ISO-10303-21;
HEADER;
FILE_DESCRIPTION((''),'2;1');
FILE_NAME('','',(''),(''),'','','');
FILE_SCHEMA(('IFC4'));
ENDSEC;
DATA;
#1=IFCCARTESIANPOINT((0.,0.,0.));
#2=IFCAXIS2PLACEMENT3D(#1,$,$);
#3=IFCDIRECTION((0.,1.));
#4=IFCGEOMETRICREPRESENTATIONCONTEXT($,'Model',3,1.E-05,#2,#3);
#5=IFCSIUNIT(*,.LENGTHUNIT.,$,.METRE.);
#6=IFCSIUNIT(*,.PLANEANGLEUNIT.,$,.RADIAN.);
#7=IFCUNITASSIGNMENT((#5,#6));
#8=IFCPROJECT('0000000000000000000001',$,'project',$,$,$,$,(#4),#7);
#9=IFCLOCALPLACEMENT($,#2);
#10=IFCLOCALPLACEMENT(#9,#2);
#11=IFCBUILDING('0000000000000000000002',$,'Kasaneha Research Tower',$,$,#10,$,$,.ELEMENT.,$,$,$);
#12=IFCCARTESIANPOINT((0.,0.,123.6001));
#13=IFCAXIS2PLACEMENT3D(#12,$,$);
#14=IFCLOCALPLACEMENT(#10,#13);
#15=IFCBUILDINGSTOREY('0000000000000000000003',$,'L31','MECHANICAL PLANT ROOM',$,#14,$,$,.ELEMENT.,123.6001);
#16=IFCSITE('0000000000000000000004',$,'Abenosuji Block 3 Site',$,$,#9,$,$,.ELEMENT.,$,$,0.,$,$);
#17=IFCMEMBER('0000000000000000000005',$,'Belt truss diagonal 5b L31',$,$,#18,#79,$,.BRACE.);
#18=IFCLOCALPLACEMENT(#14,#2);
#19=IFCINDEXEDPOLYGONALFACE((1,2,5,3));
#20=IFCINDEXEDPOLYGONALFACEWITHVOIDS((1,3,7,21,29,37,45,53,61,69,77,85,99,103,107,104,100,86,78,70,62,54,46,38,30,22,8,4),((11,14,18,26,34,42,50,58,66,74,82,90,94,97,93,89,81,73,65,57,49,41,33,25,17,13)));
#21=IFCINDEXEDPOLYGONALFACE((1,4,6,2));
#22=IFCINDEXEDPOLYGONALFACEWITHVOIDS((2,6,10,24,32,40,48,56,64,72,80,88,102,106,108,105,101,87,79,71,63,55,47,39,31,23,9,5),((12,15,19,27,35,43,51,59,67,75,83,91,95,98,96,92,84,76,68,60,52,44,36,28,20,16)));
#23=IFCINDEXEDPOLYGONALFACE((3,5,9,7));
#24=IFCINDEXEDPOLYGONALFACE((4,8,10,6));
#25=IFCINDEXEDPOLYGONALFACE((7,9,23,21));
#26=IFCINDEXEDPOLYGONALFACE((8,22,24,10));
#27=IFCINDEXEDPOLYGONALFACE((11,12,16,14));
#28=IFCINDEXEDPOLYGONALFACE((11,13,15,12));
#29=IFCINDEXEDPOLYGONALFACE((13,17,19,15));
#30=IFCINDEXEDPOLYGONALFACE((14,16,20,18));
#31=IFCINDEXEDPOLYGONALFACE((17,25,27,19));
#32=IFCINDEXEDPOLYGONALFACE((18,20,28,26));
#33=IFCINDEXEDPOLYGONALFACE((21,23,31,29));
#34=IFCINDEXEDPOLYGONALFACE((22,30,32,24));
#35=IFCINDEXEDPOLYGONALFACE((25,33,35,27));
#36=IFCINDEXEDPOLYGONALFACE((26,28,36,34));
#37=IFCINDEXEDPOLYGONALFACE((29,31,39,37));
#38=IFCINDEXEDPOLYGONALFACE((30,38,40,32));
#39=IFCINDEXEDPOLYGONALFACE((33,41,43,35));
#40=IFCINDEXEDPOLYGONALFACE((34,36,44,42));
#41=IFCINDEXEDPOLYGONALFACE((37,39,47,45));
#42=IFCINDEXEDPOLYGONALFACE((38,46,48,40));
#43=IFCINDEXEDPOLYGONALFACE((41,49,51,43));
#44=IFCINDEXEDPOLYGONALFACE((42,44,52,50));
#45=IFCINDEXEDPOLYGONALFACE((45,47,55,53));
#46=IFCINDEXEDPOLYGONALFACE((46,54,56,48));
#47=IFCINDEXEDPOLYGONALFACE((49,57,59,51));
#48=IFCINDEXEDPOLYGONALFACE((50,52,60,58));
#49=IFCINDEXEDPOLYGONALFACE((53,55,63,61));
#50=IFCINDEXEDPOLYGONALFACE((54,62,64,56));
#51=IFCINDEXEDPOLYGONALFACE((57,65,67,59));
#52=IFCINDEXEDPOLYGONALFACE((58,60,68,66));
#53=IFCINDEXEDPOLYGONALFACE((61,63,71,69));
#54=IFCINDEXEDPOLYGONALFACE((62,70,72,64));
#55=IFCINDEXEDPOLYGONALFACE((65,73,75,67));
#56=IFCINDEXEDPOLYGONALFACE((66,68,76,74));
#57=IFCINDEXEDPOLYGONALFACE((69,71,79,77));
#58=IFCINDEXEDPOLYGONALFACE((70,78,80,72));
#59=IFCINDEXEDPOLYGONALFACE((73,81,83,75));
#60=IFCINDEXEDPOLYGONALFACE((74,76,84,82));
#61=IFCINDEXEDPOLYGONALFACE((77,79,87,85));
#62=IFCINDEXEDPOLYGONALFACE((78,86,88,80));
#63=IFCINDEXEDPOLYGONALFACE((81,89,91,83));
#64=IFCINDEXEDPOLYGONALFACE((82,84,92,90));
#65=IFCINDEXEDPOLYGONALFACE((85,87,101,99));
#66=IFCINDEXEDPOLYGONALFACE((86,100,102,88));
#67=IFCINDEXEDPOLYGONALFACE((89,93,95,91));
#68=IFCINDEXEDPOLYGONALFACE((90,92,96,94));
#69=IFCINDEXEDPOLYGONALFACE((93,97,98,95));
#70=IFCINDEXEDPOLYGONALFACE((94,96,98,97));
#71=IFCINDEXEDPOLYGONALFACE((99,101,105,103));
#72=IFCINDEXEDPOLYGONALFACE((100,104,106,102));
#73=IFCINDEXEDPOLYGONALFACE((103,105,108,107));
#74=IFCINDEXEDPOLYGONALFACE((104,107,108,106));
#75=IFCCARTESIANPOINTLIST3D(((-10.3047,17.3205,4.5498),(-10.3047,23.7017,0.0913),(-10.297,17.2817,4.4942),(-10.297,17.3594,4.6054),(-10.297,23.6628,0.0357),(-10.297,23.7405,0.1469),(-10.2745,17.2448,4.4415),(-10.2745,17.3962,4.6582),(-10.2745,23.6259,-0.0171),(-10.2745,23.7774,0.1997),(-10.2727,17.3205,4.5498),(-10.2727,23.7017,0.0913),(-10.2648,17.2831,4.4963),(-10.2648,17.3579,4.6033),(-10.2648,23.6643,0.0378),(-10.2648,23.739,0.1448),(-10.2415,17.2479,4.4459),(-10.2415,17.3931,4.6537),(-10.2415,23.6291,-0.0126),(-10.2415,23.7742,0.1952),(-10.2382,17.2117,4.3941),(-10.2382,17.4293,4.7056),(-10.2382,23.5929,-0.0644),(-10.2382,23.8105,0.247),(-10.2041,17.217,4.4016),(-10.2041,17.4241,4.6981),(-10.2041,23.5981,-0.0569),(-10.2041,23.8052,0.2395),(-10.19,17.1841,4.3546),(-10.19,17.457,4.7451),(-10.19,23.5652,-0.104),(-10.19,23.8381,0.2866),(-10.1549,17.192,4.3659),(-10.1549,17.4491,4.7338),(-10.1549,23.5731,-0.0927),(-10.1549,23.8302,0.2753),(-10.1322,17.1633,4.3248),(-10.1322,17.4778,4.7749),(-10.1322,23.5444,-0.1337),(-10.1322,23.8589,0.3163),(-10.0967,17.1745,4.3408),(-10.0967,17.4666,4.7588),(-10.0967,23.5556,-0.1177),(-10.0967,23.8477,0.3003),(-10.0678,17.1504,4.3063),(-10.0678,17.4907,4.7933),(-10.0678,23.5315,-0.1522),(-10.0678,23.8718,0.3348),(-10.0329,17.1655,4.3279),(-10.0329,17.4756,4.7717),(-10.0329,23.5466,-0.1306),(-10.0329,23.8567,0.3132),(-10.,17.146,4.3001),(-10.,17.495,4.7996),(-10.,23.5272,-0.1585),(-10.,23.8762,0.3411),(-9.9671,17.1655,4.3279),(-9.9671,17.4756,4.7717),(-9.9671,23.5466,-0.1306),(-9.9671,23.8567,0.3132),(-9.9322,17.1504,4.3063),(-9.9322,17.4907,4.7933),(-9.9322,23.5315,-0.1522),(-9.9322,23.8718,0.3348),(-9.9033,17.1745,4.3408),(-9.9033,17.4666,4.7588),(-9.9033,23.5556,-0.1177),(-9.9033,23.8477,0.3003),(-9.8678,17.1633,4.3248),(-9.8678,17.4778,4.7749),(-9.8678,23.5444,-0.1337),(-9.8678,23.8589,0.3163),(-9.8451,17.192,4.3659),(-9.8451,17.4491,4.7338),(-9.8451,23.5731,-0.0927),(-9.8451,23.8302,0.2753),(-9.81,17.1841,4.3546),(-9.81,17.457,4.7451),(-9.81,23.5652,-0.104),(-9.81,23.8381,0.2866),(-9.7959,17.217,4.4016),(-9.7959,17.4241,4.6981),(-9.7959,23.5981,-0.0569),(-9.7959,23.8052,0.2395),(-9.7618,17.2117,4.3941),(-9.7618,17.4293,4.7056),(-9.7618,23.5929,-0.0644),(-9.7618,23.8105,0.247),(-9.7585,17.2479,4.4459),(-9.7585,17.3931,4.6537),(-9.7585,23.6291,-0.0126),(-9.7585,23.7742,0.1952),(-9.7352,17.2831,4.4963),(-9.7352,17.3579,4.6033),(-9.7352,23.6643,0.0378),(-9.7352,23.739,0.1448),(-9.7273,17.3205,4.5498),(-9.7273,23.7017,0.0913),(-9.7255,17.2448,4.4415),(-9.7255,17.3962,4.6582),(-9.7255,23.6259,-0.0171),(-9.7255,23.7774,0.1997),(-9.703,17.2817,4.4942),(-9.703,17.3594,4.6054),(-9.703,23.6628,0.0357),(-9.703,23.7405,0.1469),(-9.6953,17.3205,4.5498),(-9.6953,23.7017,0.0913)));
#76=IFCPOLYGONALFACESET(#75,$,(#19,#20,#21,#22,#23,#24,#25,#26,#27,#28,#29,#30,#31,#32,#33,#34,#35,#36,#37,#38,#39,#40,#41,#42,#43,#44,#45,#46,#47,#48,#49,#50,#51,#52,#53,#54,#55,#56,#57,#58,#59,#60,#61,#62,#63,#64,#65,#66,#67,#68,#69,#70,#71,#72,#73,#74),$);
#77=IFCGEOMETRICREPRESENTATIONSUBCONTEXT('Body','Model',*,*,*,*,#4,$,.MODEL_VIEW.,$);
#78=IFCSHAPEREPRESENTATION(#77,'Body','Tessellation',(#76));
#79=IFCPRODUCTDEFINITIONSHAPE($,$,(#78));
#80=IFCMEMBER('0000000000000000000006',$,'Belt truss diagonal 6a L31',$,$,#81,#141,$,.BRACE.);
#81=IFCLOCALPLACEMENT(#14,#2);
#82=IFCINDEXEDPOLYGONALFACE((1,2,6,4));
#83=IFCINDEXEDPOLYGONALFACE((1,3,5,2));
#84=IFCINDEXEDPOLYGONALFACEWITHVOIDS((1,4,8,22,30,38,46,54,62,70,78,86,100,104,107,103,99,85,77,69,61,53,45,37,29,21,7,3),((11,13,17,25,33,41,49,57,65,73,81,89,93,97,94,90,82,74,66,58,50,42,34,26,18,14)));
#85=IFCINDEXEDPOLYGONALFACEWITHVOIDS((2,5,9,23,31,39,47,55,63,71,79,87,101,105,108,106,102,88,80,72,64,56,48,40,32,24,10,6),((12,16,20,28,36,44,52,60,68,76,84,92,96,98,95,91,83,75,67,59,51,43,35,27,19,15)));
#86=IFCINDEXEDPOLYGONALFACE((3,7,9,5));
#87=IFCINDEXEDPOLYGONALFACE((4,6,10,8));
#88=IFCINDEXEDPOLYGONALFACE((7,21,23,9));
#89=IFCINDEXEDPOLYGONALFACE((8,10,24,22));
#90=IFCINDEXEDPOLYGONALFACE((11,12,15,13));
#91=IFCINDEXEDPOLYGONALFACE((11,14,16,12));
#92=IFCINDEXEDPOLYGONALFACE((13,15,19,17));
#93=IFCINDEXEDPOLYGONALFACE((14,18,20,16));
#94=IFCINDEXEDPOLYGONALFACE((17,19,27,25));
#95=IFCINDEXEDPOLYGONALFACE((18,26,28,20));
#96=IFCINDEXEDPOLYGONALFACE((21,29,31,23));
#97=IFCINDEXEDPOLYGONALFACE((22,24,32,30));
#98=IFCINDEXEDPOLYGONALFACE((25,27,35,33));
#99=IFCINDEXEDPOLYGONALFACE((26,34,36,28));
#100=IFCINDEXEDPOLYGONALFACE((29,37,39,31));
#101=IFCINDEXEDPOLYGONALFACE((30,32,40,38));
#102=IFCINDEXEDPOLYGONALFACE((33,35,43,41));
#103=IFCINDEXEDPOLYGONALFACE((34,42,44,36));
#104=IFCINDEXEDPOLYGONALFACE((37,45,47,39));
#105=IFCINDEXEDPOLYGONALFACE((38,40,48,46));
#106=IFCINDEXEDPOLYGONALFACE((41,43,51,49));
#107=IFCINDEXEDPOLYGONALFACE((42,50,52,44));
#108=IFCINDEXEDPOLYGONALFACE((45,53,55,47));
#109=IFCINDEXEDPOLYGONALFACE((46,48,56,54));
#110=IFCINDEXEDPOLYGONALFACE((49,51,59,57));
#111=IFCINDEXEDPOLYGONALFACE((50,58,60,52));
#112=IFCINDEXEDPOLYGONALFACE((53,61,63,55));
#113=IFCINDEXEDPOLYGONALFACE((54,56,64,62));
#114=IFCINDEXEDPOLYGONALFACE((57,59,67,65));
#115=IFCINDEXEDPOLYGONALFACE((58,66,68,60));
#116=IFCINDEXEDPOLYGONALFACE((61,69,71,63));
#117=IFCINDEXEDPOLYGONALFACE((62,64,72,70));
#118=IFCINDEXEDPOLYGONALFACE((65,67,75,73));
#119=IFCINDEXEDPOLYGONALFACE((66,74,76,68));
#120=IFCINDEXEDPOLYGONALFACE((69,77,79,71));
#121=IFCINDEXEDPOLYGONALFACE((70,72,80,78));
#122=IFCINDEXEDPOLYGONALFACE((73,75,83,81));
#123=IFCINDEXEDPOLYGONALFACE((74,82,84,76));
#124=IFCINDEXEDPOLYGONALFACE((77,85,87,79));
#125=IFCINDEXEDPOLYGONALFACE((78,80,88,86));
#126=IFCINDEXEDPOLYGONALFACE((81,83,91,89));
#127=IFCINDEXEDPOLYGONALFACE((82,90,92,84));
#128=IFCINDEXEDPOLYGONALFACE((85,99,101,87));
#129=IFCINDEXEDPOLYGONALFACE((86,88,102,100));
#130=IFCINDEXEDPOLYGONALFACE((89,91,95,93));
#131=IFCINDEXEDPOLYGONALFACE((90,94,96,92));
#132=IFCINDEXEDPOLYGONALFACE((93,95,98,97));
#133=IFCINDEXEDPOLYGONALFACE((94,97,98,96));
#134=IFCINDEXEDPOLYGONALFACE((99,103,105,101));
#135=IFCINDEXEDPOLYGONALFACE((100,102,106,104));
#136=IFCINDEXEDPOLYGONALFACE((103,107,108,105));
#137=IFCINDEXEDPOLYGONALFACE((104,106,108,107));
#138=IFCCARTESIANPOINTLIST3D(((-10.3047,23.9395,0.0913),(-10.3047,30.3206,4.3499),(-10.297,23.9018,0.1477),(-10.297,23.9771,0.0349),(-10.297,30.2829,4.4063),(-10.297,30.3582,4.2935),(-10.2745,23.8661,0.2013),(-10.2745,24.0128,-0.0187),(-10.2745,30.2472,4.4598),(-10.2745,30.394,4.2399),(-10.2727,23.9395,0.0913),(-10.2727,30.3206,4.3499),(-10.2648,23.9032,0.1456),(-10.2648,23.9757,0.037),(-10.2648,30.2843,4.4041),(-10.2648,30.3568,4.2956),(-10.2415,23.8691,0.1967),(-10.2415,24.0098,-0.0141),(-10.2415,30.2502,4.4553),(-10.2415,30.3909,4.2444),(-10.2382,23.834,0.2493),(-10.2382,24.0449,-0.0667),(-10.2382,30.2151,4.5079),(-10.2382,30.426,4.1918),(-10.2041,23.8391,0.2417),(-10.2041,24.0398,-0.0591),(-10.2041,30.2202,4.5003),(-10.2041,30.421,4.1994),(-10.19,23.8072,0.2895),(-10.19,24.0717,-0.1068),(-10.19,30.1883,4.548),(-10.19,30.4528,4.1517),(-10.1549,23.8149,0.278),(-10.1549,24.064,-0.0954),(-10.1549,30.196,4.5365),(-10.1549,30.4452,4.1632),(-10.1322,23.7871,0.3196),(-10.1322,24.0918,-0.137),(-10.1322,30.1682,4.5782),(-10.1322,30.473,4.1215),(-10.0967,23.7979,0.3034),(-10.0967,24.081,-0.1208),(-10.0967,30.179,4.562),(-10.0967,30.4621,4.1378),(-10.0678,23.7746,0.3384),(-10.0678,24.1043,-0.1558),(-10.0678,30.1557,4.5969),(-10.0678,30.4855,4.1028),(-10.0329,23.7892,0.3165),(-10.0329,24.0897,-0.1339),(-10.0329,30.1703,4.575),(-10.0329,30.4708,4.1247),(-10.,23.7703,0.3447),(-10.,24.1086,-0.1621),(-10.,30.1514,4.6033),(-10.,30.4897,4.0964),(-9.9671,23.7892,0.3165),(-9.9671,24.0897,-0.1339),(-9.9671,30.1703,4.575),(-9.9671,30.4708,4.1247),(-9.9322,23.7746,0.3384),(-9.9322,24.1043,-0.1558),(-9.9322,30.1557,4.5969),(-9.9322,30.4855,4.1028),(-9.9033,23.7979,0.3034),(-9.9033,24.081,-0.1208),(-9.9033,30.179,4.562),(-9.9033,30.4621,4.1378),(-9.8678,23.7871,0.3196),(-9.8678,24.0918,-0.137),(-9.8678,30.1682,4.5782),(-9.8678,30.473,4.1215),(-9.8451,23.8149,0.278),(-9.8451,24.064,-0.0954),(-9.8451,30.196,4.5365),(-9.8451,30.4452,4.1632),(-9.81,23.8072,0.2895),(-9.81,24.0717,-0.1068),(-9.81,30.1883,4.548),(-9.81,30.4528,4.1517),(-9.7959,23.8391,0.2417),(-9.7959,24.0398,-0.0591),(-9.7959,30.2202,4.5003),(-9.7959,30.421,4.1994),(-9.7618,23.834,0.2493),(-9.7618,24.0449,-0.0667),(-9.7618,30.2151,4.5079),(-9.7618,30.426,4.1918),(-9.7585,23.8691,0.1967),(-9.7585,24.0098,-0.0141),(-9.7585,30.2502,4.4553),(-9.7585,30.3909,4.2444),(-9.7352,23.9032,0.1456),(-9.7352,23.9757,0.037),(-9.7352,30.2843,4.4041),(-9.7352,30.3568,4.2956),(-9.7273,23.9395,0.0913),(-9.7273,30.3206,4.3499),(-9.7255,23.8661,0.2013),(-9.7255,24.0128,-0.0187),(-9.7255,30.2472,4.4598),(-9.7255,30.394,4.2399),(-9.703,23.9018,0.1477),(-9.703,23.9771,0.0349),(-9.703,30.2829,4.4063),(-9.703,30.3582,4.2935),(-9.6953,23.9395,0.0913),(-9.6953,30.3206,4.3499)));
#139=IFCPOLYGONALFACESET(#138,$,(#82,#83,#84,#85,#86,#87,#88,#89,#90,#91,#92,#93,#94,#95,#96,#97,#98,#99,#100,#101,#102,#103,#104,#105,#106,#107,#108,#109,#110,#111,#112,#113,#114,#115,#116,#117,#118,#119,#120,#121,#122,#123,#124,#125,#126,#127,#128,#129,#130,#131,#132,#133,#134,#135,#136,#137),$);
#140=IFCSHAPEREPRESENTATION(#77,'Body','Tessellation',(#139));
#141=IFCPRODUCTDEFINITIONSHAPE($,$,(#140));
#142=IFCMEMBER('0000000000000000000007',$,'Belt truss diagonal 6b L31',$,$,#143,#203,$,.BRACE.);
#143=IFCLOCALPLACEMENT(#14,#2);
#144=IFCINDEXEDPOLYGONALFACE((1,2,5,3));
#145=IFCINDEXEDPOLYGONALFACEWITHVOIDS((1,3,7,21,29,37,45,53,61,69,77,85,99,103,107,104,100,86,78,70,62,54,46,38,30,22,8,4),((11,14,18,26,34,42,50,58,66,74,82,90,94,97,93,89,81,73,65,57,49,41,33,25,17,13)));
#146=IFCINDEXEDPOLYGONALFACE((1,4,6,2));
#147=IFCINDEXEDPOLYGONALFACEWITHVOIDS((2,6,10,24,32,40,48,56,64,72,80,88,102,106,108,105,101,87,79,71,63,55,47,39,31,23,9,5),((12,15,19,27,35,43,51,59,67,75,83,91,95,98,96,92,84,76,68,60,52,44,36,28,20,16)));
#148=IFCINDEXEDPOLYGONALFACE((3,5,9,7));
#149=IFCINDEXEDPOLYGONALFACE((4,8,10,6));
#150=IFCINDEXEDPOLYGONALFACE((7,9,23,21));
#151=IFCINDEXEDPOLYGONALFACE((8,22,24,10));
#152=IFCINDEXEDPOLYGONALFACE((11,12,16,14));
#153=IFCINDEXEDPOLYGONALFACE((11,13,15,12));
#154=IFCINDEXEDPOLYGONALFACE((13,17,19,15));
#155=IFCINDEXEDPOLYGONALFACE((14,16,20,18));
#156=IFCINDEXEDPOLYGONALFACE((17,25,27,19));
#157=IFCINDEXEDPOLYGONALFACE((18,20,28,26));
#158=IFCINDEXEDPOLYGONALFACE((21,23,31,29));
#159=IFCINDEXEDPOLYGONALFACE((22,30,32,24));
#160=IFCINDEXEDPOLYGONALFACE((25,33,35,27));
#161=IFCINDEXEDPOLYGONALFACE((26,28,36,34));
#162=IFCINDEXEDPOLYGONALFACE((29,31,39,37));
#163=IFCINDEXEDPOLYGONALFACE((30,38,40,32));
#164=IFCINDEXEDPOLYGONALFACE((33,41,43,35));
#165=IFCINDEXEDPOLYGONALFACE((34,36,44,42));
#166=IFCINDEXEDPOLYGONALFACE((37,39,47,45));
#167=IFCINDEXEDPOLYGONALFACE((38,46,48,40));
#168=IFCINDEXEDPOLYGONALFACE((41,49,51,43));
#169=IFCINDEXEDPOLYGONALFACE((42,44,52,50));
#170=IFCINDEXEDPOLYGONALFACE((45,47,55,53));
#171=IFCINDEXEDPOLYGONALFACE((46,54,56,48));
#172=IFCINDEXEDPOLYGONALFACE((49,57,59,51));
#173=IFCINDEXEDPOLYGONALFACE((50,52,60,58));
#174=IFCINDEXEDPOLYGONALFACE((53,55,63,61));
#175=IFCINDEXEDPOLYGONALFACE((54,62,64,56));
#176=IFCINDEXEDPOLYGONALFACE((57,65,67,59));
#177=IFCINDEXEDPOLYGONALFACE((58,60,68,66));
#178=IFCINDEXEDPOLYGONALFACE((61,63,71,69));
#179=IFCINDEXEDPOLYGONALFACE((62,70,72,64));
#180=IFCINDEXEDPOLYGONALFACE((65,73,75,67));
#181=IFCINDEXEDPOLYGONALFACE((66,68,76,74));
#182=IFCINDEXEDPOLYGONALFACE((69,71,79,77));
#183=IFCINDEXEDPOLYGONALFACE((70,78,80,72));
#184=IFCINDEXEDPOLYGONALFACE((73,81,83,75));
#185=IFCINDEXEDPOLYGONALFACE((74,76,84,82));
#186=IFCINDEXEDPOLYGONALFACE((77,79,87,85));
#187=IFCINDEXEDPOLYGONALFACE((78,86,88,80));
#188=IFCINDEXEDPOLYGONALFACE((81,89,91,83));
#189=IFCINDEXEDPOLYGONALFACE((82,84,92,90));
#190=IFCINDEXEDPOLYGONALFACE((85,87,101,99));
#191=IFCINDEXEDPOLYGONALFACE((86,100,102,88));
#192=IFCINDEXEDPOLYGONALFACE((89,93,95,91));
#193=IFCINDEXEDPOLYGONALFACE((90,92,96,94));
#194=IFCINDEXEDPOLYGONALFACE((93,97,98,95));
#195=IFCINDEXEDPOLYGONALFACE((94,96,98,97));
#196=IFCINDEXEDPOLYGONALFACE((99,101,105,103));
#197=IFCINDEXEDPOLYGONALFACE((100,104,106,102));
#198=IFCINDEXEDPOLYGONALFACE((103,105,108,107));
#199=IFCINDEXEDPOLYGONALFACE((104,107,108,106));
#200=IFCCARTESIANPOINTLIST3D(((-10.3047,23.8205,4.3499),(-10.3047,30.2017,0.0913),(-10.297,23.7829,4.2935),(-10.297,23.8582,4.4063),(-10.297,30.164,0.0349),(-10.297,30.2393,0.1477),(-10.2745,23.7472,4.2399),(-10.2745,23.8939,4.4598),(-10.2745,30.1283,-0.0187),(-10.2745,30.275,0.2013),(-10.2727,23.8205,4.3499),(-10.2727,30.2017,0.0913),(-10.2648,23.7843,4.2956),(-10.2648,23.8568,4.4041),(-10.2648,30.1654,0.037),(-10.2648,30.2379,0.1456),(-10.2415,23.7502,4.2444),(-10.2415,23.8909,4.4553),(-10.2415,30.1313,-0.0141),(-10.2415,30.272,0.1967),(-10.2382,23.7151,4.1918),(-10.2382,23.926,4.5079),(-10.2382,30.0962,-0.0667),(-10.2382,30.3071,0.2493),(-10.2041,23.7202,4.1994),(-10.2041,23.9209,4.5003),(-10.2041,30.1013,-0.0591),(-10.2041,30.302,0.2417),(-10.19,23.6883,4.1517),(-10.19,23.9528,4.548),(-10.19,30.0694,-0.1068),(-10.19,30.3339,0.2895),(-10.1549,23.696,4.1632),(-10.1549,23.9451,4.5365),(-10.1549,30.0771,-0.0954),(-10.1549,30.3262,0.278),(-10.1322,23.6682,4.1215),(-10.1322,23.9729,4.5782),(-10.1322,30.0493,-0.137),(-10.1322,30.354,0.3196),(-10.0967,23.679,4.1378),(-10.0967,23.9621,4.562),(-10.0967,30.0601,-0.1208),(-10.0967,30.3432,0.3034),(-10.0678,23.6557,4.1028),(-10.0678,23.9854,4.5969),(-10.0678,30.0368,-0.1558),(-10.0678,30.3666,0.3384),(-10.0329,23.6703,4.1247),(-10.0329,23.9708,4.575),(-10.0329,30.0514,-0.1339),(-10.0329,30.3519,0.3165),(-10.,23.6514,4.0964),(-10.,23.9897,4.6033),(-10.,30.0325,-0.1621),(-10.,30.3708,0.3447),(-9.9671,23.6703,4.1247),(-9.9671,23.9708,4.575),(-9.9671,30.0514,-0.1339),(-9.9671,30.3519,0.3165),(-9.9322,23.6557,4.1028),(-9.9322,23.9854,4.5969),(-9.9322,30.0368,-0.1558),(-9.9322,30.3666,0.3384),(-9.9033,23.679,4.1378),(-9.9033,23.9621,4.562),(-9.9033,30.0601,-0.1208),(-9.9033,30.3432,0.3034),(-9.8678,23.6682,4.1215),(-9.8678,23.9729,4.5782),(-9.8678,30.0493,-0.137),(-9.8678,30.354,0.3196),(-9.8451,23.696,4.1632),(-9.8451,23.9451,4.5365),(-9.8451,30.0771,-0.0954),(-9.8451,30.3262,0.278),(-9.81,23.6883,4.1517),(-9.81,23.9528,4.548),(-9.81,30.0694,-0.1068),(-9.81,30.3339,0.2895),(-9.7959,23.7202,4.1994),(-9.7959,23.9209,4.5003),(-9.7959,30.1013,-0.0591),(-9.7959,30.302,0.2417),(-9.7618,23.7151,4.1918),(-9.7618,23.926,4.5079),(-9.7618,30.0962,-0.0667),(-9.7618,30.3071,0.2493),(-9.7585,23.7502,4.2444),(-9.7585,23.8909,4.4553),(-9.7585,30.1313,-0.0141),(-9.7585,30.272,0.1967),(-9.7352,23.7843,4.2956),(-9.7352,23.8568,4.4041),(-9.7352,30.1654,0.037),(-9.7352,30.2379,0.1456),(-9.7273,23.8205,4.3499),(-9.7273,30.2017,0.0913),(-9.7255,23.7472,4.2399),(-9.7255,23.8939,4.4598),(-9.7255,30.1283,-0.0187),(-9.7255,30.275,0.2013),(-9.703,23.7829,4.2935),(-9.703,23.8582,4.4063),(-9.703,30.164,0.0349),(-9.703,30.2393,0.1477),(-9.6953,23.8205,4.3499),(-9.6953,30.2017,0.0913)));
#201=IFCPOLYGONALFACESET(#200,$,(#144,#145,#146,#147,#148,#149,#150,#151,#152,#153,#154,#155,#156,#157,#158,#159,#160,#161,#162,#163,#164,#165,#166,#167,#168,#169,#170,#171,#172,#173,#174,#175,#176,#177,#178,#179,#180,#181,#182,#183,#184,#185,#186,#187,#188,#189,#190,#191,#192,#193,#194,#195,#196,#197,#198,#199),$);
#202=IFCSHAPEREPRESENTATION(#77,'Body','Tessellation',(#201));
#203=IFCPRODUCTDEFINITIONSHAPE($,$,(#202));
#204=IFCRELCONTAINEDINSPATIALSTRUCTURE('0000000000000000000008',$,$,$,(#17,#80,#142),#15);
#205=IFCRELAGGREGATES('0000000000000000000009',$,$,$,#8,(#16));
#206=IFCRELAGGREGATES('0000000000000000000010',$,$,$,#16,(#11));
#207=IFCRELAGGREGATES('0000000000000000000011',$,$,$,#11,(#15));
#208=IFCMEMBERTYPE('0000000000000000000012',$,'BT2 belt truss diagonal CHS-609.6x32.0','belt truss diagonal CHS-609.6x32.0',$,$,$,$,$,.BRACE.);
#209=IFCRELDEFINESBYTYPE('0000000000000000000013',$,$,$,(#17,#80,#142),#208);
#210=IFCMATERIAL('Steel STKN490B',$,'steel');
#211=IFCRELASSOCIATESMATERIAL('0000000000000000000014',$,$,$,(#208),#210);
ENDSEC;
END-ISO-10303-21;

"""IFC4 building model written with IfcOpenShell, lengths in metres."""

from ifc_helpers import new_model, si_unit, direction, frame, origin, origin_2d, place, context, subcontext, project, spatial, hollow_circle, extrude, material, material_profile, profile_set, type_object, element, save


model = new_model("IFC4")

# Units and contexts
model_context = context("Model", 3, precision=1e-05, world=origin(), true_north=direction((0.0, 1.0)))
body_context = subcontext(model_context, "Body", "Model", "MODEL_VIEW")
ifc_project = project(units=[si_unit("LENGTHUNIT", "METRE"), si_unit("PLANEANGLEUNIT", "RADIAN")], contexts=[model_context])

# Site, building, storey
site_placement = place(None, origin())
site = spatial("IfcSite", under=ifc_project, at=site_placement, Name="Abenosuji Block 3 Site", CompositionType="ELEMENT", RefElevation=0.0)
building_placement = place(site_placement, origin())
building = spatial("IfcBuilding", under=site, at=building_placement, Name="Kasaneha Research Tower", CompositionType="ELEMENT")
storey_placement = place(building_placement, frame((0.0, 0.0, 123.6001)))
storey = spatial("IfcBuildingStorey", under=building, at=storey_placement, Name="L31", Description="MECHANICAL PLANT ROOM", CompositionType="ELEMENT", Elevation=123.6001)

# Members
ifc_material_1 = material(Name="Steel STKN490B", Category="steel")
ifc_material_profile_1 = material_profile(ifc_material_1, hollow_circle(Radius=0.3047, WallThickness=0.032, at=origin_2d()), Name="CHS-609.6x32.0")
ifc_profile_set_1 = profile_set([ifc_material_profile_1], Name="Steel STKN490B")
member_type = type_object("IfcMemberType", Name="BT2 belt truss diagonal CHS-609.6x32.0", Description="belt truss diagonal CHS-609.6x32.0", PredefinedType="BRACE", material=ifc_profile_set_1)
for number, where, z_axis, x_axis, name in (
    (1, (-10.0, 23.7017, 0.0913), (0.0, -0.819731, 0.572749), (1.0, 0.0, 0.0), "Belt truss diagonal 5b L31"),
):
    element("IfcMember", number, at=place(storey_placement, frame(where, z_axis=z_axis, x_axis=x_axis)), inside=storey, type_object=member_type, Name=name, PredefinedType="BRACE", context=body_context, shape_type="SweptSolid", body=[
        extrude(hollow_circle(Radius=0.3047, WallThickness=0.032, at=origin_2d()), origin(), (0.0, 0.0, 1.0), 7.7844),
    ])
for number, where, z_axis, x_axis, name in (
    (2, (-10.0, 23.9395, 0.0913), (0.0, 0.831781, 0.555104), (-1.0, 0.0, 0.0), "Belt truss diagonal 6a L31"),
    (3, (-10.0, 30.2017, 0.0913), (0.0, -0.831781, 0.555104), (1.0, 0.0, 0.0), "Belt truss diagonal 6b L31"),
):
    element("IfcMember", number, at=place(storey_placement, frame(where, z_axis=z_axis, x_axis=x_axis)), inside=storey, type_object=member_type, Name=name, PredefinedType="BRACE", context=body_context, shape_type="SweptSolid", body=[
        extrude(hollow_circle(Radius=0.3047, WallThickness=0.032, at=origin_2d()), origin(), (0.0, 0.0, 1.0), 7.6716),
    ])

save(model, "model.ifc")
